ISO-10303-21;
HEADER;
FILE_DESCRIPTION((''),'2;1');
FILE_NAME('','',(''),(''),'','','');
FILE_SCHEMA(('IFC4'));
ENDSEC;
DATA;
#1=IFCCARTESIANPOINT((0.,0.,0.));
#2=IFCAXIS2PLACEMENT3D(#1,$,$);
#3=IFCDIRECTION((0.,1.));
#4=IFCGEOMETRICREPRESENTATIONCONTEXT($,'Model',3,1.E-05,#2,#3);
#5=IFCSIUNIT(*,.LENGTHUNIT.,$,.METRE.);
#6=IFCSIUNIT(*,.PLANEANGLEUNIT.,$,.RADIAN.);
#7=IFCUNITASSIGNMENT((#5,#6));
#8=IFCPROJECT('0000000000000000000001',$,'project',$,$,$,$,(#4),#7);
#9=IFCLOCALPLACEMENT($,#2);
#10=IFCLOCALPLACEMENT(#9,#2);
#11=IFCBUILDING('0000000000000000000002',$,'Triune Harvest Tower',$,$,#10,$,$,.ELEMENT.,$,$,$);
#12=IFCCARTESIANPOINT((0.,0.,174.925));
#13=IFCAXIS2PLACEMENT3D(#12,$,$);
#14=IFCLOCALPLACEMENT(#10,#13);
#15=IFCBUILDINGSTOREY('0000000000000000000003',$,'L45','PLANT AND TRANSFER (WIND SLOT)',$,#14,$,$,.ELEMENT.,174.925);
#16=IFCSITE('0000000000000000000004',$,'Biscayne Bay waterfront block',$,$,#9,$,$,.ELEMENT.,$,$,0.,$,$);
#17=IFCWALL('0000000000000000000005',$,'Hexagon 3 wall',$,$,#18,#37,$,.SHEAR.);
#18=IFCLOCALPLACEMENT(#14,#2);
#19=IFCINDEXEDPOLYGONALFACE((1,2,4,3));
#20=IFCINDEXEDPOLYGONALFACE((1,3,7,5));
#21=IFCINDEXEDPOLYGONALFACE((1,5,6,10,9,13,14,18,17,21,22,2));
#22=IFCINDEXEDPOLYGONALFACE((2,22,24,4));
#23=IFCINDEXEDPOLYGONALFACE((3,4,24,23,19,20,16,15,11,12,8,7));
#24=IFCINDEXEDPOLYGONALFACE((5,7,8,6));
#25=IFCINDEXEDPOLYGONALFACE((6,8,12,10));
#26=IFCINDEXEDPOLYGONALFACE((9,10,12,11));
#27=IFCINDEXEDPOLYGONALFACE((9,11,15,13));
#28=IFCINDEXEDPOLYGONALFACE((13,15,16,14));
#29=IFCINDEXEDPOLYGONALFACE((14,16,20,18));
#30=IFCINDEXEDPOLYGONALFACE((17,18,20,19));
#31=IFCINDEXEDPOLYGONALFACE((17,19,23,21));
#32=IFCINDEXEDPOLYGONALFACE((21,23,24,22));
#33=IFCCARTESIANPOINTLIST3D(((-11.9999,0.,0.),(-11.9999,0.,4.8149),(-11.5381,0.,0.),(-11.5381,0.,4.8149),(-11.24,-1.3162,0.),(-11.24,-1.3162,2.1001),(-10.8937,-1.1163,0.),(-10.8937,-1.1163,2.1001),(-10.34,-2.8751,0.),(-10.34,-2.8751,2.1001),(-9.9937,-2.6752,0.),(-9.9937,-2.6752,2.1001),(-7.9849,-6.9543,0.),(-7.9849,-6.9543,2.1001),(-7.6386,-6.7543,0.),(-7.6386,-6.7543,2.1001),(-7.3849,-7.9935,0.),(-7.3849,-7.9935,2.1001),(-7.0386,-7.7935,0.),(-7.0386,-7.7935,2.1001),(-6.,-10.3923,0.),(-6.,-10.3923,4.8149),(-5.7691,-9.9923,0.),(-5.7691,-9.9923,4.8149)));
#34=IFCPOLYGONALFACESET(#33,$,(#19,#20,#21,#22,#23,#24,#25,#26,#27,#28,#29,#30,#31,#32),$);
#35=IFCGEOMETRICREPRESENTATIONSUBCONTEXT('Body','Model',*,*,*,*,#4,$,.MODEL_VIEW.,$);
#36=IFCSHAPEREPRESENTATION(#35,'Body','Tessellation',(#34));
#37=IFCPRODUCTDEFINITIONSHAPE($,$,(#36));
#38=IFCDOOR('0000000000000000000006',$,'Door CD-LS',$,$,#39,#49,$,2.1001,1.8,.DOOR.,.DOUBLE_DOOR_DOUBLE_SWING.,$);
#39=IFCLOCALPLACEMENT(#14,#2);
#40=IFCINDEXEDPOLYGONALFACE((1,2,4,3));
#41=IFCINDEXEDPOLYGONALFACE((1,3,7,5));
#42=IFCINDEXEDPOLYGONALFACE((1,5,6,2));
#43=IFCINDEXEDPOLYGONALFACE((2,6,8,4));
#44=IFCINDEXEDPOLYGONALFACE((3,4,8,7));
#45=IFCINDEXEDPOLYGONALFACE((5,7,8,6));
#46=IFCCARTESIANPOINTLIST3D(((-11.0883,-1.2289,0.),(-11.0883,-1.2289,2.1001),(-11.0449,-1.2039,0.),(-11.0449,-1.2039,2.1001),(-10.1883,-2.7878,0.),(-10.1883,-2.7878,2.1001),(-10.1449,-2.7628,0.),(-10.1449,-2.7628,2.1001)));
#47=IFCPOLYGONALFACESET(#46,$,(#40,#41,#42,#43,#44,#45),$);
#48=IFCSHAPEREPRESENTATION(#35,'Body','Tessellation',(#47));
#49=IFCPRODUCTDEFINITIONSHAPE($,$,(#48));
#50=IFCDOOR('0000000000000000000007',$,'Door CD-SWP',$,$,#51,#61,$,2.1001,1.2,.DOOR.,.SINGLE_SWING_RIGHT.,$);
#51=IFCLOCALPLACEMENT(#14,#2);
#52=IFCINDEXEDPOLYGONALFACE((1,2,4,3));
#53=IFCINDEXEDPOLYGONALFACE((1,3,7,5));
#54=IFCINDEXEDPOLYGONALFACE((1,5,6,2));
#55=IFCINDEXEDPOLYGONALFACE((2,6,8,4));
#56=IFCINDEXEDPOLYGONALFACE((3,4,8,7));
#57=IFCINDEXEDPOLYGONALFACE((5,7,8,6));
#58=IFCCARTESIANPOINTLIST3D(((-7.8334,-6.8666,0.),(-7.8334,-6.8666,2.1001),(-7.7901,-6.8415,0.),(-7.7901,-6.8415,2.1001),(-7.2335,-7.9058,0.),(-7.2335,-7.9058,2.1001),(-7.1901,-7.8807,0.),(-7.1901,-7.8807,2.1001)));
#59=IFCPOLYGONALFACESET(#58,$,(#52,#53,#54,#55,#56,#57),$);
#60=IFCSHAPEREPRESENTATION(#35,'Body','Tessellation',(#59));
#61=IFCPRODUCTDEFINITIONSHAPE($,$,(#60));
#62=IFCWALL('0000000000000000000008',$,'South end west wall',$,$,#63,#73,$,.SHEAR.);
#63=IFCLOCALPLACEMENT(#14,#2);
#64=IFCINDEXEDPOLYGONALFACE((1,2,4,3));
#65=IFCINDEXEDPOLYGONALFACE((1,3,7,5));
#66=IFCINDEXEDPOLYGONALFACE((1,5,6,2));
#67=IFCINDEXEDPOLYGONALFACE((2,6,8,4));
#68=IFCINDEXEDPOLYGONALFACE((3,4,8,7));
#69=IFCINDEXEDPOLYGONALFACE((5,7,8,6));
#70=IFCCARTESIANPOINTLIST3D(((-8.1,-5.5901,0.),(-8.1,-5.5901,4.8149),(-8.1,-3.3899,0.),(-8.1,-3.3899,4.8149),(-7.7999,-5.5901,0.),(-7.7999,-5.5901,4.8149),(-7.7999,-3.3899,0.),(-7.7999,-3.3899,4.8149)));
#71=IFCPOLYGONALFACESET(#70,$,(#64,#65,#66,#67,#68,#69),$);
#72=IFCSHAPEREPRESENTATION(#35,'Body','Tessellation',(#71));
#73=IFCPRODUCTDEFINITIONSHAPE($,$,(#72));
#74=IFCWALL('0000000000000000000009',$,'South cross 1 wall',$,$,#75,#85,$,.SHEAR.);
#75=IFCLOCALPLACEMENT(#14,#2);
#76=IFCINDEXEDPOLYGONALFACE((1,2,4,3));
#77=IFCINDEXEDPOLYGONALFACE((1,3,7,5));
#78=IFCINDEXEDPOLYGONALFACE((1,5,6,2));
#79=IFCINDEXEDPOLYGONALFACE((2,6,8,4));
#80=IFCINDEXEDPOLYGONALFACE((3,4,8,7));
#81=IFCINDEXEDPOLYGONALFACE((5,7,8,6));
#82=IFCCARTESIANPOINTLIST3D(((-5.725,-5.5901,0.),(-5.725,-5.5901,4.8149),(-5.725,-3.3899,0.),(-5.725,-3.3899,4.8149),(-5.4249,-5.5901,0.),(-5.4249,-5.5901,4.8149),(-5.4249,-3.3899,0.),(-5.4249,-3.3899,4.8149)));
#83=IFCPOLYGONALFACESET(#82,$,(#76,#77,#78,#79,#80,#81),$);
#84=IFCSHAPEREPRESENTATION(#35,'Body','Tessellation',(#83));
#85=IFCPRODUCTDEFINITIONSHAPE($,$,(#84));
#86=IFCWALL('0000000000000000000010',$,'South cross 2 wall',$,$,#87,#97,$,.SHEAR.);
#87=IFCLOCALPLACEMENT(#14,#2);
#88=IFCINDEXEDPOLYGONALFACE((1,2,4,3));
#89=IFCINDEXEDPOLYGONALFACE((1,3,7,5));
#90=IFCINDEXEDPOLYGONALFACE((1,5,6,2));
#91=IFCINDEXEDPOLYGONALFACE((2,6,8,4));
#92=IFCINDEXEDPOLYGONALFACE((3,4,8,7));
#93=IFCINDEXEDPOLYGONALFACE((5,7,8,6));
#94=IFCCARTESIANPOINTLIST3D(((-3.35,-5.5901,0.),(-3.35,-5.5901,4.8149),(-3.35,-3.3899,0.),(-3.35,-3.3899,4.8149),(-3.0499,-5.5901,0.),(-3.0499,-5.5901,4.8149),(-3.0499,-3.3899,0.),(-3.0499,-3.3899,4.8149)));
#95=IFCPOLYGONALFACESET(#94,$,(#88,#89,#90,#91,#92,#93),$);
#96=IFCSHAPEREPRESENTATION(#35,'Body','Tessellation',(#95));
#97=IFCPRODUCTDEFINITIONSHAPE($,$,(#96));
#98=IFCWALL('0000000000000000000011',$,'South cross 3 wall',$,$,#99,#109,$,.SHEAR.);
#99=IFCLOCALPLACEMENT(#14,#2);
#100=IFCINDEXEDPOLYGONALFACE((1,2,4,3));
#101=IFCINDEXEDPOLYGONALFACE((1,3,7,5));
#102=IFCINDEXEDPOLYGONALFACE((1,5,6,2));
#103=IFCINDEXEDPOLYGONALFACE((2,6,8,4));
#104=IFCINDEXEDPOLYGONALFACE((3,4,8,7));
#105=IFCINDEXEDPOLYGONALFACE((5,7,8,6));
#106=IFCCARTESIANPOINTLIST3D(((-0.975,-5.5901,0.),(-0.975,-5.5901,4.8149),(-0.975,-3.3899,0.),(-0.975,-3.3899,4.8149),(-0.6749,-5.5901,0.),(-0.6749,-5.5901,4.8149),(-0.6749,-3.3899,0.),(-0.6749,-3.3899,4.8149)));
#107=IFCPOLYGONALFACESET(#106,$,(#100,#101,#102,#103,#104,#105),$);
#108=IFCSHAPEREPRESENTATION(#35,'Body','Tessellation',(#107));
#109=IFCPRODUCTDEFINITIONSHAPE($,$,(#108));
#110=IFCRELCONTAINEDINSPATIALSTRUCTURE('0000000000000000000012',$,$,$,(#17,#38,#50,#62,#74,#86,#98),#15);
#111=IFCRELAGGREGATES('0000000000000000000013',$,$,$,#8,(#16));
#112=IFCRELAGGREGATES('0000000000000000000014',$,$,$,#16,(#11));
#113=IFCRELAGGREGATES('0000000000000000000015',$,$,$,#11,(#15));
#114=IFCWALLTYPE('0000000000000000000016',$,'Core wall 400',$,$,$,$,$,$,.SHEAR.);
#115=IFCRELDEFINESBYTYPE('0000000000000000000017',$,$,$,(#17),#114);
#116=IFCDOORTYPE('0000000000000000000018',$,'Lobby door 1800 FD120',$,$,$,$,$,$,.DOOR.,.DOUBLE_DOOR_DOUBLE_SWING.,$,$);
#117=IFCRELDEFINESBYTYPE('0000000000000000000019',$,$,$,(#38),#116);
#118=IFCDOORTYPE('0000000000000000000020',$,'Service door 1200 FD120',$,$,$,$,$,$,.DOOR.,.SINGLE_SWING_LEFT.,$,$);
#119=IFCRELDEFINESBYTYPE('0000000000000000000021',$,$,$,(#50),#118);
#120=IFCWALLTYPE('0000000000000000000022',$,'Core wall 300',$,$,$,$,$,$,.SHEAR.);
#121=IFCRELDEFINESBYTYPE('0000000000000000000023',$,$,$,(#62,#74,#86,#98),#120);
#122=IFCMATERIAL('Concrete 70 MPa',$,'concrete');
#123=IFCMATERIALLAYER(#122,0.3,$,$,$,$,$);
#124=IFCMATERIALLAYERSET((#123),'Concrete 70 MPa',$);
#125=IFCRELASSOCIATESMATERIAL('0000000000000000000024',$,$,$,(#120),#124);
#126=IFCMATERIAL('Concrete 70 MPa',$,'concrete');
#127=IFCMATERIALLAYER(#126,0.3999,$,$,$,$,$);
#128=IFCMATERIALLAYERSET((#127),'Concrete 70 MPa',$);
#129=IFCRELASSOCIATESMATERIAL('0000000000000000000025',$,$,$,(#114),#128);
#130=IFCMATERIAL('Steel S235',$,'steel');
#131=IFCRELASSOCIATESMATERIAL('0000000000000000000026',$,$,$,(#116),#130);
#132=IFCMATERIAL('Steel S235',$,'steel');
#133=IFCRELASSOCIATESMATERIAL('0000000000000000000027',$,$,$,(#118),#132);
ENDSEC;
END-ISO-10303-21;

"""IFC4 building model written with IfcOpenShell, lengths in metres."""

from ifc_helpers import new_model, si_unit, direction, frame, frame_2d, origin, place, context, subcontext, project, spatial, polyline, rectangle, outline, extrude, source, transform, mapped, material, layer, layer_set, type_object, element, fill, save


model = new_model("IFC4")

# Units and contexts
model_context = context("Model", 3, precision=1e-05, world=origin(), true_north=direction((0.0, 1.0)))
body_context = subcontext(model_context, "Body", "Model", "MODEL_VIEW")
ifc_project = project(units=[si_unit("LENGTHUNIT", "METRE"), si_unit("PLANEANGLEUNIT", "RADIAN")], contexts=[model_context])

# Site, building, storey
site_placement = place(None, origin())
site = spatial("IfcSite", under=ifc_project, at=site_placement, Name="Biscayne Bay waterfront block", CompositionType="ELEMENT", RefElevation=0.0)
building_placement = place(site_placement, origin())
building = spatial("IfcBuilding", under=site, at=building_placement, Name="Triune Harvest Tower", CompositionType="ELEMENT")
storey_placement = place(building_placement, frame((0.0, 0.0, 174.925)))
storey = spatial("IfcBuildingStorey", under=building, at=storey_placement, Name="L45", Description="PLANT AND TRANSFER (WIND SLOT)", CompositionType="ELEMENT", Elevation=174.925)

# Shared definitions
ifc_material_1 = material(Name="Concrete 70 MPa", Category="concrete")
ifc_layer_1 = layer(ifc_material_1, 0.3)
ifc_layer_set_1 = layer_set([ifc_layer_1], Name="Concrete 70 MPa")
wall_type_1 = type_object("IfcWallType", Name="Core wall 300", PredefinedType="SHEAR", material=ifc_layer_set_1)

# Wall, openings, doors
ifc_material_2 = material(Name="Concrete 70 MPa", Category="concrete")
ifc_layer_2 = layer(ifc_material_2, 0.3999)
ifc_layer_set_2 = layer_set([ifc_layer_2], Name="Concrete 70 MPa")
wall_type_2 = type_object("IfcWallType", Name="Core wall 400", PredefinedType="SHEAR", material=ifc_layer_set_2)
shared_shape_1 = source(origin(), body_context, "Body", "SweptSolid", [
    extrude(outline(polyline([(-0.1155, -0.2), (11.8845, -0.2), (11.6536, 0.2), (0.1155, 0.2), (-0.1155, -0.2)])), origin(), (0.0, 0.0, 1.0), 4.8149),
])
wall_1_placement = place(storey_placement, frame((-11.769, 0.0, 0.0), z_axis=(0.0, 0.0, 1.0), x_axis=(0.499997, -0.866027, 0.0)))
wall_1 = element("IfcWall", 1, at=wall_1_placement, inside=storey, type_object=wall_type_2, Name="Hexagon 3 wall", PredefinedType="SHEAR", context=body_context, shape_type="MappedRepresentation", body=[
    mapped(shared_shape_1, transform((0.0, 0.0, 0.0), scale=1.0)),
])
opening_1_placement = place(wall_1_placement, frame((1.4045, 0.0, 0.0)))
opening_1 = element("IfcOpeningElement", 2, at=opening_1_placement, cuts=wall_1, PredefinedType="OPENING", context=body_context, shape_type="SweptSolid", body=[
    extrude(rectangle(XDim=1.8, YDim=2.1001, at=frame_2d((0.8999, 1.05))), frame((0.0, 0.21, 0.0), z_axis=(0.0, -1.0, 0.0), x_axis=(1.0, 0.0, 0.0)), (0.0, 0.0, 1.0), 0.4199),
])
opening_2_placement = place(wall_1_placement, frame((7.9146, 0.0, 0.0)))
opening_2 = element("IfcOpeningElement", 3, at=opening_2_placement, cuts=wall_1, PredefinedType="OPENING", context=body_context, shape_type="SweptSolid", body=[
    extrude(rectangle(XDim=1.2, YDim=2.1001, at=frame_2d((0.6001, 1.05))), frame((0.0, 0.21, 0.0), z_axis=(0.0, -1.0, 0.0), x_axis=(1.0, 0.0, 0.0)), (0.0, 0.0, 1.0), 0.4199),
])
ifc_material_3 = material(Name="Steel S235", Category="steel")
door_type_1 = type_object("IfcDoorType", Name="Lobby door 1800 FD120", OperationType="DOUBLE_DOOR_DOUBLE_SWING", PredefinedType="DOOR", material=ifc_material_3)
door_1_placement = place(opening_1_placement, frame((1.8, 0.0, 0.0), z_axis=(0.0, 0.0, 1.0), x_axis=(-1.0, 0.0, 0.0)))
door_1 = element("IfcDoor", 4, at=door_1_placement, inside=storey, type_object=door_type_1, Name="Door CD-LS", OperationType="DOUBLE_DOOR_DOUBLE_SWING", OverallHeight=2.1001, OverallWidth=1.8, PredefinedType="DOOR", context=body_context, shape_type="SweptSolid", body=[
    extrude(rectangle(XDim=1.8, YDim=2.1001, at=frame_2d((0.8999, 1.05))), frame((0.0, 0.0249, 0.0), z_axis=(0.0, -1.0, 0.0), x_axis=(1.0, 0.0, 0.0)), (0.0, 0.0, 1.0), 0.05),
])
fill(opening_1, door_1)
ifc_material_4 = material(Name="Steel S235", Category="steel")
door_type_2 = type_object("IfcDoorType", Name="Service door 1200 FD120", OperationType="SINGLE_SWING_LEFT", PredefinedType="DOOR", material=ifc_material_4)
door_2_placement = place(opening_2_placement, frame((1.2, 0.0, 0.0), z_axis=(0.0, 0.0, 1.0), x_axis=(-1.0, 0.0, 0.0)))
door_2 = element("IfcDoor", 5, at=door_2_placement, inside=storey, type_object=door_type_2, Name="Door CD-SWP", OperationType="SINGLE_SWING_RIGHT", OverallHeight=2.1001, OverallWidth=1.2, PredefinedType="DOOR", context=body_context, shape_type="SweptSolid", body=[
    extrude(rectangle(XDim=1.2, YDim=2.1001, at=frame_2d((0.6001, 1.05))), frame((0.0, 0.0249, 0.0), z_axis=(0.0, -1.0, 0.0), x_axis=(1.0, 0.0, 0.0)), (0.0, 0.0, 1.0), 0.05),
])
fill(opening_2, door_2)

# Walls
shared_shape_2 = source(origin(), body_context, "Body", "SweptSolid", [
    extrude(rectangle(XDim=2.2002, YDim=0.3, at=frame_2d((1.1001, 0.0))), origin(), (0.0, 0.0, 1.0), 4.8149),
])
for number, where, z_axis, x_axis, name in (
    (6, (-7.95, -5.5901, 0.0), (0.0, 0.0, 1.0), (0.0, 1.0, 0.0), "South end west wall"),
    (7, (-5.575, -5.5901, 0.0), (0.0, 0.0, 1.0), (0.0, 1.0, 0.0), "South cross 1 wall"),
    (8, (-3.2, -5.5901, 0.0), (0.0, 0.0, 1.0), (0.0, 1.0, 0.0), "South cross 2 wall"),
    (9, (-0.825, -5.5901, 0.0), (0.0, 0.0, 1.0), (0.0, 1.0, 0.0), "South cross 3 wall"),
):
    element("IfcWall", number, at=place(storey_placement, frame(where, z_axis=z_axis, x_axis=x_axis)), inside=storey, type_object=wall_type_1, Name=name, PredefinedType="SHEAR", context=body_context, shape_type="MappedRepresentation", body=[
        mapped(shared_shape_2, transform((0.0, 0.0, 0.0), scale=1.0)),
    ])

save(model, "model.ifc")
